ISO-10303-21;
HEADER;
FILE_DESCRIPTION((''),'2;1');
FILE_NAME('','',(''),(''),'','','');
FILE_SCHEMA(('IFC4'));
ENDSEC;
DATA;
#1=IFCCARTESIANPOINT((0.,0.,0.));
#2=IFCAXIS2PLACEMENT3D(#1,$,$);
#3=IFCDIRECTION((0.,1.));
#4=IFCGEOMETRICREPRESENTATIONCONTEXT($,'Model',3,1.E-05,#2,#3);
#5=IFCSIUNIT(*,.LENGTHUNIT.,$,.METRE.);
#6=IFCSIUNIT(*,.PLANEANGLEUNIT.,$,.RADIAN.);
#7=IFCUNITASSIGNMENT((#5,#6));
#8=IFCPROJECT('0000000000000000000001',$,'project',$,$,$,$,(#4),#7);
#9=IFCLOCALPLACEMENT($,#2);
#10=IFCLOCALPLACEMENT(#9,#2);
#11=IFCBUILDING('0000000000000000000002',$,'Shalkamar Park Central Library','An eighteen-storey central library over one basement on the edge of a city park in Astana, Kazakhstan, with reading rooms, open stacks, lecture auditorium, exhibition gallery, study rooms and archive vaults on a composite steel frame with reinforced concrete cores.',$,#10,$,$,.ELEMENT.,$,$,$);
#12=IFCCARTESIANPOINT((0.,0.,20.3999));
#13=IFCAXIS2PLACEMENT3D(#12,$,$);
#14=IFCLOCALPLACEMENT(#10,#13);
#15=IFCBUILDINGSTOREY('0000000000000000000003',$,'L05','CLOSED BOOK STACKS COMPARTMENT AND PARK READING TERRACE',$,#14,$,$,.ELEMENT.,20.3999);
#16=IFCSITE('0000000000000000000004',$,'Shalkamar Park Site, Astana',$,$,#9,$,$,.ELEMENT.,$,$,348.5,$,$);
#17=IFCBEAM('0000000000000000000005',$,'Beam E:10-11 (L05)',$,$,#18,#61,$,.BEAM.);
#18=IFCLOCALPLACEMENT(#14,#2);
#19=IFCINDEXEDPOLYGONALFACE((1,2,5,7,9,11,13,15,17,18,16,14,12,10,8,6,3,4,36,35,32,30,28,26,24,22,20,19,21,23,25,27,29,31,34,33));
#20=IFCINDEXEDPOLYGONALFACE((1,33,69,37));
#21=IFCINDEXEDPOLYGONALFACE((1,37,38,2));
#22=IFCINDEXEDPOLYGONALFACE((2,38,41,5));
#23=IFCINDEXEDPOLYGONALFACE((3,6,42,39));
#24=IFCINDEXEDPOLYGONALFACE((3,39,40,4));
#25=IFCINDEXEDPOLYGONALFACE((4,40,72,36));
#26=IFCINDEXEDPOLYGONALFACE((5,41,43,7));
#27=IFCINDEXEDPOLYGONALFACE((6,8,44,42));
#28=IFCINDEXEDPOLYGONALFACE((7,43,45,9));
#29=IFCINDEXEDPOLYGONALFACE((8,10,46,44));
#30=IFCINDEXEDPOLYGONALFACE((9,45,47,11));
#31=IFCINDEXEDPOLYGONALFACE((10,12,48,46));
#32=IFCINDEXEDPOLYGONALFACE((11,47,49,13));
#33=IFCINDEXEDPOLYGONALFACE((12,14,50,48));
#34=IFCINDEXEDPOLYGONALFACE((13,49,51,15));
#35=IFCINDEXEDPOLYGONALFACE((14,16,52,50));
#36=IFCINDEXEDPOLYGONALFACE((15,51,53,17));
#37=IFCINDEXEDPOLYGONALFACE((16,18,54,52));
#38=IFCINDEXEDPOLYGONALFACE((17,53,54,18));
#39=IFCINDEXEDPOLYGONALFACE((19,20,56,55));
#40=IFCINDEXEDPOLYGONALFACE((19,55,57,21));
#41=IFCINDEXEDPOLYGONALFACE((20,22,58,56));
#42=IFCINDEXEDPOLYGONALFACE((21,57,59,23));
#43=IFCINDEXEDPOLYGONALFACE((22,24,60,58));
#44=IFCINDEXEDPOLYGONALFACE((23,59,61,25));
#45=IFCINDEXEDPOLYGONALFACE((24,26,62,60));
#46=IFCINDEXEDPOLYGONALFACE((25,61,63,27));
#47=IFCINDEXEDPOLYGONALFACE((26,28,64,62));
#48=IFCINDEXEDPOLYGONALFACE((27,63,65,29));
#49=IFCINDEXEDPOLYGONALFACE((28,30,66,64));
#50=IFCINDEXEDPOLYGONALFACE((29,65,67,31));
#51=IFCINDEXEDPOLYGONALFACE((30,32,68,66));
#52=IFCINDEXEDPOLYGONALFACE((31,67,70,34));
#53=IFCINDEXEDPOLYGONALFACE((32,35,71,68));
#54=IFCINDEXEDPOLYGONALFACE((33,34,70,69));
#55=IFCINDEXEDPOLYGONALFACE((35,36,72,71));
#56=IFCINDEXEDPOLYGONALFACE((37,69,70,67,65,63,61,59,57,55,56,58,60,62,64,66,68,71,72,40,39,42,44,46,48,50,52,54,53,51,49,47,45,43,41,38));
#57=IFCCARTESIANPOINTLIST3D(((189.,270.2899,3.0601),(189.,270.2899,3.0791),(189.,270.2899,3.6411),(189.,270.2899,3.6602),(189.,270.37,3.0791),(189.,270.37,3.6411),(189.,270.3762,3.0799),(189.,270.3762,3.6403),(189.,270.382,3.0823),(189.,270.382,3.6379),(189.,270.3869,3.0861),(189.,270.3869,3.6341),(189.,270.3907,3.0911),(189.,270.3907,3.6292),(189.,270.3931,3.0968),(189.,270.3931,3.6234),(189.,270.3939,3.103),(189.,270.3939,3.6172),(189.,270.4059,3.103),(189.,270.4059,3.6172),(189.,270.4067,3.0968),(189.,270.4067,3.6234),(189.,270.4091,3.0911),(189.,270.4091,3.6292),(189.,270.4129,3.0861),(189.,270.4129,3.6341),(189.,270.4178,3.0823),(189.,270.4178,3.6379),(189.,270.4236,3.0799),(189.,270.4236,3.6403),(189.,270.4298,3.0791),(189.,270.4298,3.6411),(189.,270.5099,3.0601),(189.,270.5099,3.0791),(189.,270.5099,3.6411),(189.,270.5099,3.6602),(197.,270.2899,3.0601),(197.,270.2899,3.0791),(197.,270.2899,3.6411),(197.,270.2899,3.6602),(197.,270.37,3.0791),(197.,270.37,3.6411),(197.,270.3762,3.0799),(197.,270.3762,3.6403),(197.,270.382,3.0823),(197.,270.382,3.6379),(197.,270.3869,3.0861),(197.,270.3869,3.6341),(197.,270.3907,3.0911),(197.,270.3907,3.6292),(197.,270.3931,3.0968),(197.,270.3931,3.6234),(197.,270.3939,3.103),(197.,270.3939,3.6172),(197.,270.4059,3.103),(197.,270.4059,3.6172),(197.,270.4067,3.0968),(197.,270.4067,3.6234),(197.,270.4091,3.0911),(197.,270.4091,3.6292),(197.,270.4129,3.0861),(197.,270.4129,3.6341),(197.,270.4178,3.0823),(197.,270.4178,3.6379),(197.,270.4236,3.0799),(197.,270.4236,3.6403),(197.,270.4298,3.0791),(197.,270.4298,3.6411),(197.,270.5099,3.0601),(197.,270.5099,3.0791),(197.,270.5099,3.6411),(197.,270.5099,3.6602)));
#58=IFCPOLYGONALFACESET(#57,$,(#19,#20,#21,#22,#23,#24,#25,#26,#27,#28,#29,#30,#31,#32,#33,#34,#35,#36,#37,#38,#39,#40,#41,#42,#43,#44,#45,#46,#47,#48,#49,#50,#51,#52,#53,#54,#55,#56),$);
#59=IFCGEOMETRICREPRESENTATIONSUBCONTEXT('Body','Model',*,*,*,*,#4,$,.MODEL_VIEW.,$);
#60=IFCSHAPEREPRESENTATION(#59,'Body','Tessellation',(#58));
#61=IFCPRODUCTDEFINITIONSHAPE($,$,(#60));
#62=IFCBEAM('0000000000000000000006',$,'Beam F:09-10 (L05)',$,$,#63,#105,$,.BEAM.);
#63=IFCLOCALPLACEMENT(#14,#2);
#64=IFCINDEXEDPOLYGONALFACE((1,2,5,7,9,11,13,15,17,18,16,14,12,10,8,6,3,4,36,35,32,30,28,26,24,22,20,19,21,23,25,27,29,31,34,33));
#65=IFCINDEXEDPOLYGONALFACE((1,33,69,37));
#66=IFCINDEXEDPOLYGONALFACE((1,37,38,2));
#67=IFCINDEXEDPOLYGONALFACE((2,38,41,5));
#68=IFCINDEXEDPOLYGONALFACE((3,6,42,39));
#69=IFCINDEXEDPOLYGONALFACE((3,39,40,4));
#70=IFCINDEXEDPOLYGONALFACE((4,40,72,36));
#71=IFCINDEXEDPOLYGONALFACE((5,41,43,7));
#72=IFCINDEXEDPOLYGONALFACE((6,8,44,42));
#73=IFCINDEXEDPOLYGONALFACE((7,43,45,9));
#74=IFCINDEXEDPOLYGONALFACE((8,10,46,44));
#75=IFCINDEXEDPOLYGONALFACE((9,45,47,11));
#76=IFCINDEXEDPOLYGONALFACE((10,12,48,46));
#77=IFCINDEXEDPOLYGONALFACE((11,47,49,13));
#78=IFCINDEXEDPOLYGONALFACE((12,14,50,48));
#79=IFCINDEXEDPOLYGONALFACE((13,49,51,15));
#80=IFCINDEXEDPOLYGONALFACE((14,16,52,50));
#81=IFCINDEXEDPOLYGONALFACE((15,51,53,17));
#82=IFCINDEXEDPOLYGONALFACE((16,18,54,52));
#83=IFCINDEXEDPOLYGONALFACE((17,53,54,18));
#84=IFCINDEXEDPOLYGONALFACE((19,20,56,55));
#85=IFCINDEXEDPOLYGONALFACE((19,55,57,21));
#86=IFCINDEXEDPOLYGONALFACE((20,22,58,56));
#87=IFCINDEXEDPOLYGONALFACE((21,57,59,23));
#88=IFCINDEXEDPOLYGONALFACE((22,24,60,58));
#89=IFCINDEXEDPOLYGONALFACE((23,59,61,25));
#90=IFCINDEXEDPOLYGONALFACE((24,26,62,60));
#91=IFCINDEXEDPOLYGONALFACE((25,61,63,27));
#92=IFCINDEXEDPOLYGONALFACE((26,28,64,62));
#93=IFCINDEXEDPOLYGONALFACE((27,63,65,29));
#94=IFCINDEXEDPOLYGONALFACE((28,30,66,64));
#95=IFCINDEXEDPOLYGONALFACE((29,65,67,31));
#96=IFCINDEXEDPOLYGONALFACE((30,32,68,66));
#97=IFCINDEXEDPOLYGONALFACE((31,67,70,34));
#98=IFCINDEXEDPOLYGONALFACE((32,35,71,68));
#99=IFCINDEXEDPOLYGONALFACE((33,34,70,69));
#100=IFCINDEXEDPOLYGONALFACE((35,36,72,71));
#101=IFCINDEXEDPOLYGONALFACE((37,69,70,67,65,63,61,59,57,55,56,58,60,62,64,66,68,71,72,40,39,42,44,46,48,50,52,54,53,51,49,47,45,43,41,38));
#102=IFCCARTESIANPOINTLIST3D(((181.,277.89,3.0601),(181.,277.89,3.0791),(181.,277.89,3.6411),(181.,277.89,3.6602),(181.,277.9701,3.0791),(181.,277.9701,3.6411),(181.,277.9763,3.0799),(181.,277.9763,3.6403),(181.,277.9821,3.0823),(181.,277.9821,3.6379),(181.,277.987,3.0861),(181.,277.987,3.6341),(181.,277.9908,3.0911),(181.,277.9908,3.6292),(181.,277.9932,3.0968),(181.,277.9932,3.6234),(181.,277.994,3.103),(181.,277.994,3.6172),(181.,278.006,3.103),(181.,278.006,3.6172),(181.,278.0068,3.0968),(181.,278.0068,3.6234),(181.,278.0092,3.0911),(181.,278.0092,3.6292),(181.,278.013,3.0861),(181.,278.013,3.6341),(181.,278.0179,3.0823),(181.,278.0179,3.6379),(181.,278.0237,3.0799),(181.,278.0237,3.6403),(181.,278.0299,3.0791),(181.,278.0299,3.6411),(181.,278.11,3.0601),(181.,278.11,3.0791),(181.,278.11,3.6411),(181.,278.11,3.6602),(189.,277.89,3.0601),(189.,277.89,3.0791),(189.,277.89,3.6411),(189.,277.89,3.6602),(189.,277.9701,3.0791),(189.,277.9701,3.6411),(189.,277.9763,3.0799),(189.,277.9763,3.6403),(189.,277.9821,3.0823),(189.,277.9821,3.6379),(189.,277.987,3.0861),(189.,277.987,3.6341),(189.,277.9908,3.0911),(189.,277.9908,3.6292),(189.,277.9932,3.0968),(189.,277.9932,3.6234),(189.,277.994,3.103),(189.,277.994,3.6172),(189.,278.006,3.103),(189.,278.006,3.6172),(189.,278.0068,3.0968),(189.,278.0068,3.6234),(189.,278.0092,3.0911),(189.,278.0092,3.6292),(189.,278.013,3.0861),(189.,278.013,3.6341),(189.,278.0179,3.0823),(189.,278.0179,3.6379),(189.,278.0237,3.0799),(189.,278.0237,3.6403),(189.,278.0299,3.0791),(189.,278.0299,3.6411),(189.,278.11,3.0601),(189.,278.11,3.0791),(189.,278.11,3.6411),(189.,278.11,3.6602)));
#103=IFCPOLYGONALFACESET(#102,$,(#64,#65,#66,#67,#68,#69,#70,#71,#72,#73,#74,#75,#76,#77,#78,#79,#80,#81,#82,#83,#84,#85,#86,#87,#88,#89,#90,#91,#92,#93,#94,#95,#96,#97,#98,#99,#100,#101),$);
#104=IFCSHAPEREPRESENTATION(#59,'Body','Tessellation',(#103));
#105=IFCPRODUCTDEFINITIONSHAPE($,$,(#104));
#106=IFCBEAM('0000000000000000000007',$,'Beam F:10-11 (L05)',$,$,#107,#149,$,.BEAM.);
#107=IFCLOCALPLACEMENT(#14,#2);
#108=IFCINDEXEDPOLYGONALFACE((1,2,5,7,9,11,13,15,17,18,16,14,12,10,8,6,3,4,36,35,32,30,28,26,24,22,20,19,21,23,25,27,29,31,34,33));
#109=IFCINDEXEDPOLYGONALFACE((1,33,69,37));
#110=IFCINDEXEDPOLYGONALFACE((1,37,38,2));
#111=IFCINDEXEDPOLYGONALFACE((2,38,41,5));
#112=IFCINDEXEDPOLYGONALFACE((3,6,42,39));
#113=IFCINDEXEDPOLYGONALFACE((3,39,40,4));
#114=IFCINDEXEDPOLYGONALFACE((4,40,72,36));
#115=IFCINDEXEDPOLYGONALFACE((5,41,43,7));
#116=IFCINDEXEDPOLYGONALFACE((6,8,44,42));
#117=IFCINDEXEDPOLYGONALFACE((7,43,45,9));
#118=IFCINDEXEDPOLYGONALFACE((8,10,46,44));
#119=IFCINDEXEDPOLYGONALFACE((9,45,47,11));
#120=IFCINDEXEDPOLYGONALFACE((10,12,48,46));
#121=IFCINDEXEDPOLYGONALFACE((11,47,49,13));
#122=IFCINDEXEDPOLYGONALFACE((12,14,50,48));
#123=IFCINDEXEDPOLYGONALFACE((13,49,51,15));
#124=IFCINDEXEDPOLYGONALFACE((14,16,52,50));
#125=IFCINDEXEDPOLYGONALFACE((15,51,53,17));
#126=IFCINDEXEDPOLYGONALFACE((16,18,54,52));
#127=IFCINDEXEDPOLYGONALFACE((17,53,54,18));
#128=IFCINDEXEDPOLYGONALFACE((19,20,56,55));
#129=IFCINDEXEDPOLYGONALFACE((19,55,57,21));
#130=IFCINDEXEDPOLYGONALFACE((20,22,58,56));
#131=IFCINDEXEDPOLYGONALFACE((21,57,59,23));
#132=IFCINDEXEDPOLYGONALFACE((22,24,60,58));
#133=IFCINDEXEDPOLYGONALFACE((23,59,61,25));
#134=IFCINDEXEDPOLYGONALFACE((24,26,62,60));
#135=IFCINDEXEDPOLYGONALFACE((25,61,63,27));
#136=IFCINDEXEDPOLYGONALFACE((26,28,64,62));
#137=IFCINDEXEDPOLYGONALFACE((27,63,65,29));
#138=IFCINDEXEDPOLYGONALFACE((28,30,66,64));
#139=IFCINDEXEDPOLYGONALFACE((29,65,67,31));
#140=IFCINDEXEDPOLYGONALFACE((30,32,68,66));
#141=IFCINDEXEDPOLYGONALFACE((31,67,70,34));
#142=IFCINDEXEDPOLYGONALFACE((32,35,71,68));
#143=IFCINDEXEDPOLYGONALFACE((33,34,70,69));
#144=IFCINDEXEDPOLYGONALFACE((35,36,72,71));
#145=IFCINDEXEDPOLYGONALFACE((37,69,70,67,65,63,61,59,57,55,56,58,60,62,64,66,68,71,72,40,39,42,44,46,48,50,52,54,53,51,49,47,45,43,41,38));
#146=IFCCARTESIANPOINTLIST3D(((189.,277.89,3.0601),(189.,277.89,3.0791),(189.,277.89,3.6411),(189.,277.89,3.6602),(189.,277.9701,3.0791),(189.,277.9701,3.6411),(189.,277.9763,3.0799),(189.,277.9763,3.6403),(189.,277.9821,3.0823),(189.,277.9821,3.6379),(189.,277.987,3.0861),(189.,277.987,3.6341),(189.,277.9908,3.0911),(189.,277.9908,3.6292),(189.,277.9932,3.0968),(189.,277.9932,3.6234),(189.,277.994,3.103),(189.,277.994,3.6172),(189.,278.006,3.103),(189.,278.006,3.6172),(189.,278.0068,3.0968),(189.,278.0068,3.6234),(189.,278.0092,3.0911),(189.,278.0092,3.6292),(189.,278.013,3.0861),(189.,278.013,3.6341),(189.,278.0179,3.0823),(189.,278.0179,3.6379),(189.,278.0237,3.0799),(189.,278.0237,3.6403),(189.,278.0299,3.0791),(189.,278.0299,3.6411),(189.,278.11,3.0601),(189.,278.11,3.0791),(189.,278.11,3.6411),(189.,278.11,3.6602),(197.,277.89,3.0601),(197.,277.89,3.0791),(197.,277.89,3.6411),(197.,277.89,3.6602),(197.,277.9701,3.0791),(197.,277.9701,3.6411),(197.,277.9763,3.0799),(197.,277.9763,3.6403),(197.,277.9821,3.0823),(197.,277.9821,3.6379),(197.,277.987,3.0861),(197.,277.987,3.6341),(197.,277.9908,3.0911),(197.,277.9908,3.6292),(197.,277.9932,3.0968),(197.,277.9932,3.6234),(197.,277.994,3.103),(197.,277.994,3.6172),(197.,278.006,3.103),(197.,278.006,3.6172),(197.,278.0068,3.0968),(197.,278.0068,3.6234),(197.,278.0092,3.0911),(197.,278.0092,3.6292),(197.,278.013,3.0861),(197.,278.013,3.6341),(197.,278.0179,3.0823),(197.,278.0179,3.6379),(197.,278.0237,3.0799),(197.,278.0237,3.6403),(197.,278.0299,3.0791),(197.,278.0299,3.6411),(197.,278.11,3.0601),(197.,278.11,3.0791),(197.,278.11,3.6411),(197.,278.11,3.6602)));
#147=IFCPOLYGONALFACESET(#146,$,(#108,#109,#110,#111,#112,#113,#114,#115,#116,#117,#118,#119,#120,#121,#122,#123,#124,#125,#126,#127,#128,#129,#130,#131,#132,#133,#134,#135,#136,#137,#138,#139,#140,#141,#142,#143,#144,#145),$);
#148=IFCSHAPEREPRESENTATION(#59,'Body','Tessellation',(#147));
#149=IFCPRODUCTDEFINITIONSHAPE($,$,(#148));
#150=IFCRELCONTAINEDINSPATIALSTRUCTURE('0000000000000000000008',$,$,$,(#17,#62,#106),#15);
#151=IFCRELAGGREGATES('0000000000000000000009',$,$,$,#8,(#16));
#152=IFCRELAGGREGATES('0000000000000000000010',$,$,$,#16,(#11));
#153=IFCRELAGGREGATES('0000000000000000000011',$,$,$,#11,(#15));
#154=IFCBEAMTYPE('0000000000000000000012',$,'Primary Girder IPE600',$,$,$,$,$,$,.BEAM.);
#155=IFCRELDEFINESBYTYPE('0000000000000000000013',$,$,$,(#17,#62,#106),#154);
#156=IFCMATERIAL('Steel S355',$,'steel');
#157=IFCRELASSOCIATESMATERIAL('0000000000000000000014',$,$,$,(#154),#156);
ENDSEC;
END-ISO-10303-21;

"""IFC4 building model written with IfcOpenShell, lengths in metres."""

from ifc_helpers import new_model, si_unit, direction, frame, origin, origin_2d, place, context, subcontext, project, spatial, i_section, extrude, material, material_profile, profile_set, type_object, element, save


model = new_model("IFC4")

# Units and contexts
model_context = context("Model", 3, precision=1e-05, world=origin(), true_north=direction((0.0, 1.0)))
body_context = subcontext(model_context, "Body", "Model", "MODEL_VIEW")
ifc_project = project(units=[si_unit("LENGTHUNIT", "METRE"), si_unit("PLANEANGLEUNIT", "RADIAN")], contexts=[model_context])

# Site, building, storey
site_placement = place(None, origin())
site = spatial("IfcSite", under=ifc_project, at=site_placement, Name="Shalkamar Park Site, Astana", CompositionType="ELEMENT", RefElevation=348.5)
building_placement = place(site_placement, origin())
building = spatial("IfcBuilding", under=site, at=building_placement, Name="Shalkamar Park Central Library", Description="An eighteen-storey central library over one basement on the edge of a city park in Astana, Kazakhstan, with reading rooms, open stacks, lecture auditorium, exhibition gallery, study rooms and archive vaults on a composite steel frame with reinforced concrete cores.", CompositionType="ELEMENT")
storey_placement = place(building_placement, frame((0.0, 0.0, 20.3999)))
storey = spatial("IfcBuildingStorey", under=building, at=storey_placement, Name="L05", Description="CLOSED BOOK STACKS COMPARTMENT AND PARK READING TERRACE", CompositionType="ELEMENT", Elevation=20.3999)

# Shared definitions
ifc_material_1 = material(Name="Steel S355", Category="steel")

# Beams
ifc_material_profile_1 = material_profile(ifc_material_1, i_section(OverallWidth=0.22, OverallDepth=0.6001, WebThickness=0.012, FlangeThickness=0.019, FilletRadius=0.0239, at=origin_2d()), Name="IPE 600")
ifc_profile_set_1 = profile_set([ifc_material_profile_1], Name="Steel S355")
beam_type_1 = type_object("IfcBeamType", Name="Primary Girder IPE600", PredefinedType="BEAM", material=ifc_profile_set_1)
for number, where, z_axis, x_axis, name in (
    (1, (189.0, 270.3999, 3.3601), (1.0, 0.0, 0.0), (0.0, 1.0, 0.0), "Beam E:10-11 (L05)"),
    (2, (181.0, 278.0, 3.3601), (1.0, 0.0, 0.0), (0.0, 1.0, 0.0), "Beam F:09-10 (L05)"),
    (3, (189.0, 278.0, 3.3601), (1.0, 0.0, 0.0), (0.0, 1.0, 0.0), "Beam F:10-11 (L05)"),
):
    element("IfcBeam", number, at=place(storey_placement, frame(where, z_axis=z_axis, x_axis=x_axis)), inside=storey, type_object=beam_type_1, Name=name, PredefinedType="BEAM", context=body_context, shape_type="SweptSolid", body=[
        extrude(i_section(OverallWidth=0.22, OverallDepth=0.6001, WebThickness=0.012, FlangeThickness=0.019, FilletRadius=0.0239, at=origin_2d()), origin(), (0.0, 0.0, 1.0), 8.0),
    ])

save(model, "model.ifc")
